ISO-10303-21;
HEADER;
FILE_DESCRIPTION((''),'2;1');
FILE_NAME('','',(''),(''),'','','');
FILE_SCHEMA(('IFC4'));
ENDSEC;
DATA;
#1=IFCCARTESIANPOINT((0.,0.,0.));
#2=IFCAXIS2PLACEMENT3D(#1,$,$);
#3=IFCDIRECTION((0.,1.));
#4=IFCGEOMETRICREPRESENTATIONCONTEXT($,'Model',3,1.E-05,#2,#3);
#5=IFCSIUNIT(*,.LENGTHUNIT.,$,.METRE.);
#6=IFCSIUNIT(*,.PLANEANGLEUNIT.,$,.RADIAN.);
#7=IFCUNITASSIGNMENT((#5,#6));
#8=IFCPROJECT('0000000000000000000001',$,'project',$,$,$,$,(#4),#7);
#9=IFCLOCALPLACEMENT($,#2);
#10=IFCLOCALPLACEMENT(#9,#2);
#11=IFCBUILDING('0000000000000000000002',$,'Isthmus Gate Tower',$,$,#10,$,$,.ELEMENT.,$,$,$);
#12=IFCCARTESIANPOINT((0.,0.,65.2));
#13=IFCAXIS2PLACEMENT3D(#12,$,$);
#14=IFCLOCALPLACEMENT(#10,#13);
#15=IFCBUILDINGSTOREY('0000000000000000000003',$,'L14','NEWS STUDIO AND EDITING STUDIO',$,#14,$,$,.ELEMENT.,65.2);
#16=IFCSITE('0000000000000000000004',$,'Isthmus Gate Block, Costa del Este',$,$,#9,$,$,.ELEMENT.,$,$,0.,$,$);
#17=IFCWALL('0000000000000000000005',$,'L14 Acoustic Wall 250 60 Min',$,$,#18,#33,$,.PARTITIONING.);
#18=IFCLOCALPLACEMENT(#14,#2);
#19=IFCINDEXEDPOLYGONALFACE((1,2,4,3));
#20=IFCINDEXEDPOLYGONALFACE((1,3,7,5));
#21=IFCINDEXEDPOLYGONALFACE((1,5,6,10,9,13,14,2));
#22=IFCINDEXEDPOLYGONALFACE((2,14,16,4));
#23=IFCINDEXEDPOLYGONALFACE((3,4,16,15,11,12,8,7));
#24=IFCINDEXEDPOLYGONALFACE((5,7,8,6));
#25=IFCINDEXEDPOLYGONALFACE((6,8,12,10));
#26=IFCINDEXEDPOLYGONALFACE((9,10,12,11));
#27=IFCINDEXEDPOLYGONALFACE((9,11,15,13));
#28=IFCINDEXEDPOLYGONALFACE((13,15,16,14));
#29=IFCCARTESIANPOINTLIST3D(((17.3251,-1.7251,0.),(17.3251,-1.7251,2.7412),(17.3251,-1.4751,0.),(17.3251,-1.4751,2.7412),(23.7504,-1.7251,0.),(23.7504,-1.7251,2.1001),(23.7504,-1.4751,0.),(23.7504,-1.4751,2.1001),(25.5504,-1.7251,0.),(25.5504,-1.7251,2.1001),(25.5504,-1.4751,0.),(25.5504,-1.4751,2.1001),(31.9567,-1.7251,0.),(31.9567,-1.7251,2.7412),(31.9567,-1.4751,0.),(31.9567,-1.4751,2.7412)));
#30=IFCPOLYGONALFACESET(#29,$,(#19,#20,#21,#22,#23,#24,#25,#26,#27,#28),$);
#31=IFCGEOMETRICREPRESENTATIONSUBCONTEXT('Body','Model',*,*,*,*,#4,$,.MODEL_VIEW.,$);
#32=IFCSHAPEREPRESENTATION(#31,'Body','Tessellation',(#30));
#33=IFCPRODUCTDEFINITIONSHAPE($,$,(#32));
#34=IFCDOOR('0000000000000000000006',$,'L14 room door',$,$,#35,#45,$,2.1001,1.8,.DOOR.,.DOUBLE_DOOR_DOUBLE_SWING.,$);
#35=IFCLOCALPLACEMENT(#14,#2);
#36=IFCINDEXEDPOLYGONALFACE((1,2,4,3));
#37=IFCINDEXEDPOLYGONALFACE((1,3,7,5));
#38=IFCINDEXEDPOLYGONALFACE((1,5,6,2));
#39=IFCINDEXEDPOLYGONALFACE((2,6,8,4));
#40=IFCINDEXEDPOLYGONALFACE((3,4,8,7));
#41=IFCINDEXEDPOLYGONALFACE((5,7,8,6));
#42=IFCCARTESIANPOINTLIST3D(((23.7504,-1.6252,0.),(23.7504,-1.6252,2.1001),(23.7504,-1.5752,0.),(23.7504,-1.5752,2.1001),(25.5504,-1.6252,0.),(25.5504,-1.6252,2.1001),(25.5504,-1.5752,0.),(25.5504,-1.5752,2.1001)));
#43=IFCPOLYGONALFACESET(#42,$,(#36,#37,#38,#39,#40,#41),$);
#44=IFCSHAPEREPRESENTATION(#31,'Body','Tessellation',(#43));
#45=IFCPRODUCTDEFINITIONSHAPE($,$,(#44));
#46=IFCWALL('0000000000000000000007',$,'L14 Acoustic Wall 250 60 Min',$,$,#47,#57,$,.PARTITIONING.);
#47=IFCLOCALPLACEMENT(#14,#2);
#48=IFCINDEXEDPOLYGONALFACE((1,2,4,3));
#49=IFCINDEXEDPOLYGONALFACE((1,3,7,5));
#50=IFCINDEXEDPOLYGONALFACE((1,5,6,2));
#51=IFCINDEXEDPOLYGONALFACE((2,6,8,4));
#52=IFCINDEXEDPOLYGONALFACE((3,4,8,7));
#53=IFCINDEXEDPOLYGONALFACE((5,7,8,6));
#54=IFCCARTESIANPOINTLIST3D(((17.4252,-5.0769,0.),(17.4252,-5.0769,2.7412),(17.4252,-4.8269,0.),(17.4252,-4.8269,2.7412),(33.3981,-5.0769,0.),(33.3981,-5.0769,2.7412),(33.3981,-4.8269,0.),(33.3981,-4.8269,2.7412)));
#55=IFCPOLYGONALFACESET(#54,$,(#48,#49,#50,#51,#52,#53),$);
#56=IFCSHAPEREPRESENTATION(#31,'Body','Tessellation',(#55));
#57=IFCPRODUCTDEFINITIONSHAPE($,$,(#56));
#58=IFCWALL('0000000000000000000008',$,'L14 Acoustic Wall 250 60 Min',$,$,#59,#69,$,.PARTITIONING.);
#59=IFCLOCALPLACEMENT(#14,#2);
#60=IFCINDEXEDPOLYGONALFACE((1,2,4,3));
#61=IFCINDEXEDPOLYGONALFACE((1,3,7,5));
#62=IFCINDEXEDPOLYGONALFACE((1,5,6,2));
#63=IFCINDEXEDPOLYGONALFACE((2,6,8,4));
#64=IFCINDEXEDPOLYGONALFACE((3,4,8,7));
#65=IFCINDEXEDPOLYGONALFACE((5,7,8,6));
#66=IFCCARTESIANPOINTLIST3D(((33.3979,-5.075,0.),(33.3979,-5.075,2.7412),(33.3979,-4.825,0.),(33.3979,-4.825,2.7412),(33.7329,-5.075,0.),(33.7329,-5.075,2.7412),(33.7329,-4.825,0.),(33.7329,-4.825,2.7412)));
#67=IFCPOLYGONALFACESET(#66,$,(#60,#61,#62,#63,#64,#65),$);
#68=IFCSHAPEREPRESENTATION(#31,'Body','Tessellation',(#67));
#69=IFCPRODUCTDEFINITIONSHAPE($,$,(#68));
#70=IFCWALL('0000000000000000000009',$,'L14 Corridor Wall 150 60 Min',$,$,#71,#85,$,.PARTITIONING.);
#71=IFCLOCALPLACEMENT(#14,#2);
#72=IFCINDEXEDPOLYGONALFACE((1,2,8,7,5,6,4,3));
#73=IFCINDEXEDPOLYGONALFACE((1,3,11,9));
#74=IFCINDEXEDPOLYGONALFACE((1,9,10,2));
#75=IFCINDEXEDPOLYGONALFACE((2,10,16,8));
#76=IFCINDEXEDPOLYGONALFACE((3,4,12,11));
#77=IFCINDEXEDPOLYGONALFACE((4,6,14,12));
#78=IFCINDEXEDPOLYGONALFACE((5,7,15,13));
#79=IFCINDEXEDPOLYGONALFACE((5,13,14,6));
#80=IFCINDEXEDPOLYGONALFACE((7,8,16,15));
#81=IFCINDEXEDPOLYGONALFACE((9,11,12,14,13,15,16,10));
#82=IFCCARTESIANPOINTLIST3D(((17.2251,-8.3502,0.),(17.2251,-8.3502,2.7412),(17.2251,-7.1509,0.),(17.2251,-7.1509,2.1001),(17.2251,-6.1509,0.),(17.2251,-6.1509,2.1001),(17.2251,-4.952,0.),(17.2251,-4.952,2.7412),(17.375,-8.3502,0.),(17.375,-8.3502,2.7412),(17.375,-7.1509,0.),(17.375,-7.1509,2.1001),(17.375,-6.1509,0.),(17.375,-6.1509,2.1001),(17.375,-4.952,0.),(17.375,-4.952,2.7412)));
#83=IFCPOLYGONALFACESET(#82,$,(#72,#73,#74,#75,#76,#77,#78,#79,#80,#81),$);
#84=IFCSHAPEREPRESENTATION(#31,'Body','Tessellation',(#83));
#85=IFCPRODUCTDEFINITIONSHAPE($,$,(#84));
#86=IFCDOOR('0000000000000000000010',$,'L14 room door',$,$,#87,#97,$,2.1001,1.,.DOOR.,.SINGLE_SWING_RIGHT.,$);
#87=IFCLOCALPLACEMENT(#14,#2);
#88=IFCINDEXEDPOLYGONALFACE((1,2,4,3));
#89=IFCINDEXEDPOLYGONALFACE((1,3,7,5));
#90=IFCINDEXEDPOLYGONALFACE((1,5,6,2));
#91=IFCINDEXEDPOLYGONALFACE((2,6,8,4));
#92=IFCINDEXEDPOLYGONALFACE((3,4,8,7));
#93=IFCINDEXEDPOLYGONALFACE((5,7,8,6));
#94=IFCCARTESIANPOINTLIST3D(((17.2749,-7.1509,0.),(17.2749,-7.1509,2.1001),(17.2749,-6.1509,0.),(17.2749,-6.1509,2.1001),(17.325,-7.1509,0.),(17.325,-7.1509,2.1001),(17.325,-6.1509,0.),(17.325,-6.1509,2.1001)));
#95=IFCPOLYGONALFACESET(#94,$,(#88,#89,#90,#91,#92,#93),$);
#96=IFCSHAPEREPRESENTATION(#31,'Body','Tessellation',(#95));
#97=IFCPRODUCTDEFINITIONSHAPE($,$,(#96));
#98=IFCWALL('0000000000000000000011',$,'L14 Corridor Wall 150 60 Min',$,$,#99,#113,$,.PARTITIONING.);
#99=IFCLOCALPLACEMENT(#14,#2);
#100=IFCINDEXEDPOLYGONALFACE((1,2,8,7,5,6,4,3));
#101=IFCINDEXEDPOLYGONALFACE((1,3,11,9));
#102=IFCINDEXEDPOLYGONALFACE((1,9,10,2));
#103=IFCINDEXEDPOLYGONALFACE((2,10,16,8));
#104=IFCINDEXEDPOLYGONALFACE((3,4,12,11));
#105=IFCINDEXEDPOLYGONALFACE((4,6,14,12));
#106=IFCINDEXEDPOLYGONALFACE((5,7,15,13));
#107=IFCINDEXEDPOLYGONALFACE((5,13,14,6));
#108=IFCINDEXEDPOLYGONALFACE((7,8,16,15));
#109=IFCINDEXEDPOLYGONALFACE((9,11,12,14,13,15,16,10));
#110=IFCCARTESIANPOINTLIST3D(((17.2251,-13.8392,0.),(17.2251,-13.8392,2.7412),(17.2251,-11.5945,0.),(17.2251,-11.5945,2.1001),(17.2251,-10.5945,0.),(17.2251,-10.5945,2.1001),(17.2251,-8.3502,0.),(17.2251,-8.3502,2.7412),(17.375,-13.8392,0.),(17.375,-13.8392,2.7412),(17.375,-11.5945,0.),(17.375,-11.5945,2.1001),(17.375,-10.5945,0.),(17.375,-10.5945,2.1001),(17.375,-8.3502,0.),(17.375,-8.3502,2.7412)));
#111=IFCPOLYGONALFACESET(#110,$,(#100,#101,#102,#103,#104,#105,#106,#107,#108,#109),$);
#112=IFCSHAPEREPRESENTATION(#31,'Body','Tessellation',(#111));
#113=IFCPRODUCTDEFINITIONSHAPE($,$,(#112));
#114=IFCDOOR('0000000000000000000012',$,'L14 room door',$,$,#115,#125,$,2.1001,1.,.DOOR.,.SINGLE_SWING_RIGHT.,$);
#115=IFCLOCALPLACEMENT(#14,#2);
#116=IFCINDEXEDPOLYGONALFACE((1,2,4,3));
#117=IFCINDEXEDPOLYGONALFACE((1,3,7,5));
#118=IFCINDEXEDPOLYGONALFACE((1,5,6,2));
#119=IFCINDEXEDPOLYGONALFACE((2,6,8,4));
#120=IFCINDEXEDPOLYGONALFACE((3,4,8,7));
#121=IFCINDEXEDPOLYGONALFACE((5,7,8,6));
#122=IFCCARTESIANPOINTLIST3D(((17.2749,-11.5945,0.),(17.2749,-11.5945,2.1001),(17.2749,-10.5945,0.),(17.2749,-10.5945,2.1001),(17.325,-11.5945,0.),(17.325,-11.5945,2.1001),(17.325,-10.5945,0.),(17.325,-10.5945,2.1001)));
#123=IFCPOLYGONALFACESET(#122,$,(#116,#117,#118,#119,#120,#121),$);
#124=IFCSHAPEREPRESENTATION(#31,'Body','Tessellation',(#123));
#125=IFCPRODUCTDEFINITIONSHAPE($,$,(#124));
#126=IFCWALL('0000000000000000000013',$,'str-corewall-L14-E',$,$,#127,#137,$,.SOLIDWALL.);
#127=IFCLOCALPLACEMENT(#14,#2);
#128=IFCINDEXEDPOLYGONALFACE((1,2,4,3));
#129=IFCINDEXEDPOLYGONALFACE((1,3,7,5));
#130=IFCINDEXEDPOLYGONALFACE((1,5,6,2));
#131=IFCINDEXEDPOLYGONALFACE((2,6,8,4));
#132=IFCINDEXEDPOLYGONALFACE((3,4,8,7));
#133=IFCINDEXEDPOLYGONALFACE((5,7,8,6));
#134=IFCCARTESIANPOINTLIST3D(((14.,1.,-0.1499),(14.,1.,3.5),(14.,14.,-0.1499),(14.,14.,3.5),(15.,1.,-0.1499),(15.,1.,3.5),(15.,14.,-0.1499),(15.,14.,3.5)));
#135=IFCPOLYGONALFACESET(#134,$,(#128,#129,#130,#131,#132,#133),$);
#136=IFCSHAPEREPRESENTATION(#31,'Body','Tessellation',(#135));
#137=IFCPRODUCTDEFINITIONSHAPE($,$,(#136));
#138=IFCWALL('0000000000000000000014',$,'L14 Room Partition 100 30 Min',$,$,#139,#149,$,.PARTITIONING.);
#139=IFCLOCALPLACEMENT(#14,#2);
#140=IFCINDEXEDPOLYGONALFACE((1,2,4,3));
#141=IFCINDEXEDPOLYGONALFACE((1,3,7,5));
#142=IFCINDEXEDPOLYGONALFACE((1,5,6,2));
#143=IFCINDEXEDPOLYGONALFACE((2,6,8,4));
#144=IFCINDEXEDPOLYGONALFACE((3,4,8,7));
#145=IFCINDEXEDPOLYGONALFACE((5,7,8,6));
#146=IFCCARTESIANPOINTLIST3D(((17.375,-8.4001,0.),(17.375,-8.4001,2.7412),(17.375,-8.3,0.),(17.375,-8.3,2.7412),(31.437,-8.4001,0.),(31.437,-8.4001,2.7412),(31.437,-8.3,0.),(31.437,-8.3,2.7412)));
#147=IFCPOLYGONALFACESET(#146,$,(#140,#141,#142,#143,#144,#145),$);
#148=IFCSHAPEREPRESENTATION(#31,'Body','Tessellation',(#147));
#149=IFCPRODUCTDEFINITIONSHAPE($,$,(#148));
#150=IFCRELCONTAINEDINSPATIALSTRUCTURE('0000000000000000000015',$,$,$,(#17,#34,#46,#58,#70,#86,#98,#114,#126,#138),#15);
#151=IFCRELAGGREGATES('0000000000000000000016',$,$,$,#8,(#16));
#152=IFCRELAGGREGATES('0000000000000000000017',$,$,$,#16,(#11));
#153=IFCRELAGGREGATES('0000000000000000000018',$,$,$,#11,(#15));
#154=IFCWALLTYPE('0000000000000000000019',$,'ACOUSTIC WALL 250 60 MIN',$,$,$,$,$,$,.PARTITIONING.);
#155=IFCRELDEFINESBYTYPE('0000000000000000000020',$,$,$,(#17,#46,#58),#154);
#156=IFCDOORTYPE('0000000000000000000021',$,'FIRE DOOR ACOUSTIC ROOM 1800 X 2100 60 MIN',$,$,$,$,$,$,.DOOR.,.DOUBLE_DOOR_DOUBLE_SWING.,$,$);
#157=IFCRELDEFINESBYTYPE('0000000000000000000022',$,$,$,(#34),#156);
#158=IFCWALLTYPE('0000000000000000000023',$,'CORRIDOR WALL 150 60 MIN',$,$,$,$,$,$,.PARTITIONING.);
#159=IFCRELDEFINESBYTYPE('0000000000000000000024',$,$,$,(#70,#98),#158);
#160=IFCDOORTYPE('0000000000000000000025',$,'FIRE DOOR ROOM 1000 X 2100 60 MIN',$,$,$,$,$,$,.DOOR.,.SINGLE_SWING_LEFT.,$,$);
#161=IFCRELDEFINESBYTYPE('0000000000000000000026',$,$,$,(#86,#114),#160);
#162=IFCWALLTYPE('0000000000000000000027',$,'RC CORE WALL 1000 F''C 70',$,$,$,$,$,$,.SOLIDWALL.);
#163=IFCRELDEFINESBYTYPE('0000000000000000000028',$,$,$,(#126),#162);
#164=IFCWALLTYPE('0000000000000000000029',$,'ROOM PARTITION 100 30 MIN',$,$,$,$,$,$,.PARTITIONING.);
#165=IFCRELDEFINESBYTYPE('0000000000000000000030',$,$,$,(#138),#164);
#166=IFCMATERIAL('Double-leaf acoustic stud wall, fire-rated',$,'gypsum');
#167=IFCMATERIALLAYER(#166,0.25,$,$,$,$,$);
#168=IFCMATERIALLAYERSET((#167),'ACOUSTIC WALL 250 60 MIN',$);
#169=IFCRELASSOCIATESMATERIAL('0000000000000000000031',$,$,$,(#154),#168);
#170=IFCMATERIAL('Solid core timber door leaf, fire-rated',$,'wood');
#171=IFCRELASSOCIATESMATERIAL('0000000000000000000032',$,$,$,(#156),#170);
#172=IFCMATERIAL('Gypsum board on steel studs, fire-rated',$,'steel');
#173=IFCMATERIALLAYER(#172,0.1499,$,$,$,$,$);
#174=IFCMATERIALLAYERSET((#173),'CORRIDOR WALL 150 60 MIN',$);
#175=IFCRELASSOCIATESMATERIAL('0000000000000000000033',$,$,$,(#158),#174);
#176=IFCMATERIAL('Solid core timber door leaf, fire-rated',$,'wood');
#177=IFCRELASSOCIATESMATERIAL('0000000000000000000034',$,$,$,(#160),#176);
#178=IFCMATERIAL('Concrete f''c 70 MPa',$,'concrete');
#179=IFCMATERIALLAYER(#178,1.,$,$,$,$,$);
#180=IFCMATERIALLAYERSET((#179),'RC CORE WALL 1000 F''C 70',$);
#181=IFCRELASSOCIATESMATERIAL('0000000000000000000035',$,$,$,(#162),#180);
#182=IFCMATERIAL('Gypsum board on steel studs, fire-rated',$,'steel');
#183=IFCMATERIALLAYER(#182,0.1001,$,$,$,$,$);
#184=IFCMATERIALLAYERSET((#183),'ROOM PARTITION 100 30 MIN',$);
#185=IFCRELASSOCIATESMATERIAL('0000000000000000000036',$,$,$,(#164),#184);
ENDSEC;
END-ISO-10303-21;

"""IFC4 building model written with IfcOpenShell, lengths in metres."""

from ifc_helpers import new_model, si_unit, direction, frame, frame_2d, origin, place, context, subcontext, project, spatial, rectangle, extrude, material, layer, layer_set, type_object, element, fill, save


model = new_model("IFC4")

# Units and contexts
model_context = context("Model", 3, precision=1e-05, world=origin(), true_north=direction((0.0, 1.0)))
body_context = subcontext(model_context, "Body", "Model", "MODEL_VIEW")
ifc_project = project(units=[si_unit("LENGTHUNIT", "METRE"), si_unit("PLANEANGLEUNIT", "RADIAN")], contexts=[model_context])

# Site, building, storey
site_placement = place(None, origin())
site = spatial("IfcSite", under=ifc_project, at=site_placement, Name="Isthmus Gate Block, Costa del Este", CompositionType="ELEMENT", RefElevation=0.0)
building_placement = place(site_placement, origin())
building = spatial("IfcBuilding", under=site, at=building_placement, Name="Isthmus Gate Tower", CompositionType="ELEMENT")
storey_placement = place(building_placement, frame((0.0, 0.0, 65.2)))
storey = spatial("IfcBuildingStorey", under=building, at=storey_placement, Name="L14", Description="NEWS STUDIO AND EDITING STUDIO", CompositionType="ELEMENT", Elevation=65.2)

# Shared definitions
ifc_material_1 = material(Name="Double-leaf acoustic stud wall, fire-rated", Category="gypsum")
ifc_layer_1 = layer(ifc_material_1, 0.25)
ifc_layer_set_1 = layer_set([ifc_layer_1], Name="ACOUSTIC WALL 250 60 MIN")
wall_type_1 = type_object("IfcWallType", Name="ACOUSTIC WALL 250 60 MIN", PredefinedType="PARTITIONING", material=ifc_layer_set_1)

# Shared definitions
ifc_material_2 = material(Name="Solid core timber door leaf, fire-rated", Category="wood")
door_type_1 = type_object("IfcDoorType", Name="FIRE DOOR ACOUSTIC ROOM 1800 X 2100 60 MIN", OperationType="DOUBLE_DOOR_DOUBLE_SWING", PredefinedType="DOOR", material=ifc_material_2)

# Wall, opening, door
wall_1_placement = place(storey_placement, frame((17.325, -1.6001, 0.0), z_axis=(0.0, 0.0, 1.0), x_axis=(1.0, 0.0, 0.0)))
wall_1 = element("IfcWall", 1, at=wall_1_placement, inside=storey, type_object=wall_type_1, Name="L14 Acoustic Wall 250 60 Min", PredefinedType="PARTITIONING", context=body_context, shape_type="SweptSolid", body=[
    extrude(rectangle(XDim=14.6316, YDim=0.25, at=frame_2d((7.3159, 0.0))), origin(), (0.0, 0.0, 1.0), 2.7412),
])
opening_1_placement = place(wall_1_placement, frame((6.4255, 0.0, 0.0)))
opening_1 = element("IfcOpeningElement", 2, at=opening_1_placement, cuts=wall_1, PredefinedType="OPENING", context=body_context, shape_type="SweptSolid", body=[
    extrude(rectangle(XDim=1.8, YDim=2.1001, at=frame_2d((0.8999, 1.05))), frame((0.0, 0.135, 0.0), z_axis=(0.0, -1.0, 0.0), x_axis=(1.0, 0.0, 0.0)), (0.0, 0.0, 1.0), 0.27),
])
door_1_placement = place(opening_1_placement, origin())
door_1 = element("IfcDoor", 3, at=door_1_placement, inside=storey, type_object=door_type_1, Name="L14 room door", OperationType="DOUBLE_DOOR_DOUBLE_SWING", OverallHeight=2.1001, OverallWidth=1.8, PredefinedType="DOOR", context=body_context, shape_type="SweptSolid", body=[
    extrude(rectangle(XDim=1.8, YDim=2.1001, at=frame_2d((0.8999, 1.05))), frame((0.0, 0.0249, 0.0), z_axis=(0.0, -1.0, 0.0), x_axis=(1.0, 0.0, 0.0)), (0.0, 0.0, 1.0), 0.05),
])
fill(opening_1, door_1)

# Walls
wall_2_placement = place(storey_placement, frame((33.3979, -4.9519, 0.0), z_axis=(0.0, 0.0, 1.0), x_axis=(-1.0, 0.0, 0.0)))
element("IfcWall", 4, at=wall_2_placement, inside=storey, type_object=wall_type_1, Name="L14 Acoustic Wall 250 60 Min", PredefinedType="PARTITIONING", context=body_context, shape_type="SweptSolid", body=[
    extrude(rectangle(XDim=15.9729, YDim=0.25, at=frame_2d((7.9863, 0.0))), origin(), (0.0, 0.0, 1.0), 2.7412),
])
wall_3_placement = place(storey_placement, frame((33.3979, -4.95, 0.0), z_axis=(0.0, 0.0, 1.0), x_axis=(1.0, 0.0, 0.0)))
element("IfcWall", 5, at=wall_3_placement, inside=storey, type_object=wall_type_1, Name="L14 Acoustic Wall 250 60 Min", PredefinedType="PARTITIONING", context=body_context, shape_type="SweptSolid", body=[
    extrude(rectangle(XDim=0.335, YDim=0.25, at=frame_2d((0.1675, 0.0))), origin(), (0.0, 0.0, 1.0), 2.7412),
])

# Walls, openings, doors
ifc_material_3 = material(Name="Gypsum board on steel studs, fire-rated", Category="steel")
ifc_layer_2 = layer(ifc_material_3, 0.1499)
ifc_layer_set_2 = layer_set([ifc_layer_2], Name="CORRIDOR WALL 150 60 MIN")
wall_type_2 = type_object("IfcWallType", Name="CORRIDOR WALL 150 60 MIN", PredefinedType="PARTITIONING", material=ifc_layer_set_2)
wall_4_placement = place(storey_placement, frame((17.3, -4.9519, 0.0), z_axis=(0.0, 0.0, 1.0), x_axis=(0.0, -1.0, 0.0)))
wall_4 = element("IfcWall", 6, at=wall_4_placement, inside=storey, type_object=wall_type_2, Name="L14 Corridor Wall 150 60 Min", PredefinedType="PARTITIONING", context=body_context, shape_type="SweptSolid", body=[
    extrude(rectangle(XDim=3.3982, YDim=0.1499, at=frame_2d((1.6992, 0.0))), origin(), (0.0, 0.0, 1.0), 2.7412),
])
opening_2_placement = place(wall_4_placement, frame((1.199, 0.0, 0.0)))
opening_2 = element("IfcOpeningElement", 7, at=opening_2_placement, cuts=wall_4, PredefinedType="OPENING", context=body_context, shape_type="SweptSolid", body=[
    extrude(rectangle(XDim=1.0, YDim=2.1001, at=frame_2d((0.5, 1.05))), frame((0.0, 0.085, 0.0), z_axis=(0.0, -1.0, 0.0), x_axis=(1.0, 0.0, 0.0)), (0.0, 0.0, 1.0), 0.1699),
])
ifc_material_4 = material(Name="Solid core timber door leaf, fire-rated", Category="wood")
door_type_2 = type_object("IfcDoorType", Name="FIRE DOOR ROOM 1000 X 2100 60 MIN", OperationType="SINGLE_SWING_LEFT", PredefinedType="DOOR", material=ifc_material_4)
door_2_placement = place(opening_2_placement, origin())
door_2 = element("IfcDoor", 8, at=door_2_placement, inside=storey, type_object=door_type_2, Name="L14 room door", OperationType="SINGLE_SWING_RIGHT", OverallHeight=2.1001, OverallWidth=1.0, PredefinedType="DOOR", context=body_context, shape_type="SweptSolid", body=[
    extrude(rectangle(XDim=1.0, YDim=2.1001, at=frame_2d((0.5, 1.05))), frame((0.0, 0.0249, 0.0), z_axis=(0.0, -1.0, 0.0), x_axis=(1.0, 0.0, 0.0)), (0.0, 0.0, 1.0), 0.05),
])
fill(opening_2, door_2)
wall_5_placement = place(storey_placement, frame((17.3, -8.3501, 0.0), z_axis=(0.0, 0.0, 1.0), x_axis=(0.0, -1.0, 0.0)))
wall_5 = element("IfcWall", 9, at=wall_5_placement, inside=storey, type_object=wall_type_2, Name="L14 Corridor Wall 150 60 Min", PredefinedType="PARTITIONING", context=body_context, shape_type="SweptSolid", body=[
    extrude(rectangle(XDim=5.489, YDim=0.1499, at=frame_2d((2.7446, 0.0))), origin(), (0.0, 0.0, 1.0), 2.7412),
])
opening_3_placement = place(wall_5_placement, frame((2.2444, 0.0, 0.0)))
opening_3 = element("IfcOpeningElement", 10, at=opening_3_placement, cuts=wall_5, PredefinedType="OPENING", context=body_context, shape_type="SweptSolid", body=[
    extrude(rectangle(XDim=1.0, YDim=2.1001, at=frame_2d((0.5, 1.05))), frame((0.0, 0.085, 0.0), z_axis=(0.0, -1.0, 0.0), x_axis=(1.0, 0.0, 0.0)), (0.0, 0.0, 1.0), 0.1699),
])
door_3_placement = place(opening_3_placement, origin())
door_3 = element("IfcDoor", 11, at=door_3_placement, inside=storey, type_object=door_type_2, Name="L14 room door", OperationType="SINGLE_SWING_RIGHT", OverallHeight=2.1001, OverallWidth=1.0, PredefinedType="DOOR", context=body_context, shape_type="SweptSolid", body=[
    extrude(rectangle(XDim=1.0, YDim=2.1001, at=frame_2d((0.5, 1.05))), frame((0.0, 0.0249, 0.0), z_axis=(0.0, -1.0, 0.0), x_axis=(1.0, 0.0, 0.0)), (0.0, 0.0, 1.0), 0.05),
])
fill(opening_3, door_3)

# Walls
ifc_material_5 = material(Name="Concrete f'c 70 MPa", Category="concrete")
ifc_layer_3 = layer(ifc_material_5, 1.0)
ifc_layer_set_3 = layer_set([ifc_layer_3], Name="RC CORE WALL 1000 F'C 70")
wall_type_3 = type_object("IfcWallType", Name="RC CORE WALL 1000 F'C 70", PredefinedType="SOLIDWALL", material=ifc_layer_set_3)
wall_6_placement = place(storey_placement, frame((14.5, 1.0, -0.1499), z_axis=(0.0, 0.0, 1.0), x_axis=(0.0, 1.0, 0.0)))
element("IfcWall", 12, at=wall_6_placement, inside=storey, type_object=wall_type_3, Name="str-corewall-L14-E", PredefinedType="SOLIDWALL", context=body_context, shape_type="SweptSolid", body=[
    extrude(rectangle(XDim=13.0, YDim=1.0, at=frame_2d((6.5, 0.0))), origin(), (0.0, 0.0, 1.0), 3.6499),
])
ifc_material_6 = material(Name="Gypsum board on steel studs, fire-rated", Category="steel")
ifc_layer_4 = layer(ifc_material_6, 0.1001)
ifc_layer_set_4 = layer_set([ifc_layer_4], Name="ROOM PARTITION 100 30 MIN")
wall_type_4 = type_object("IfcWallType", Name="ROOM PARTITION 100 30 MIN", PredefinedType="PARTITIONING", material=ifc_layer_set_4)
wall_7_placement = place(storey_placement, frame((17.375, -8.3501, 0.0), z_axis=(0.0, 0.0, 1.0), x_axis=(1.0, 0.0, 0.0)))
element("IfcWall", 13, at=wall_7_placement, inside=storey, type_object=wall_type_4, Name="L14 Room Partition 100 30 Min", PredefinedType="PARTITIONING", context=body_context, shape_type="SweptSolid", body=[
    extrude(rectangle(XDim=14.062, YDim=0.1001, at=frame_2d((7.031, 0.0))), origin(), (0.0, 0.0, 1.0), 2.7412),
])

save(model, "model.ifc")
